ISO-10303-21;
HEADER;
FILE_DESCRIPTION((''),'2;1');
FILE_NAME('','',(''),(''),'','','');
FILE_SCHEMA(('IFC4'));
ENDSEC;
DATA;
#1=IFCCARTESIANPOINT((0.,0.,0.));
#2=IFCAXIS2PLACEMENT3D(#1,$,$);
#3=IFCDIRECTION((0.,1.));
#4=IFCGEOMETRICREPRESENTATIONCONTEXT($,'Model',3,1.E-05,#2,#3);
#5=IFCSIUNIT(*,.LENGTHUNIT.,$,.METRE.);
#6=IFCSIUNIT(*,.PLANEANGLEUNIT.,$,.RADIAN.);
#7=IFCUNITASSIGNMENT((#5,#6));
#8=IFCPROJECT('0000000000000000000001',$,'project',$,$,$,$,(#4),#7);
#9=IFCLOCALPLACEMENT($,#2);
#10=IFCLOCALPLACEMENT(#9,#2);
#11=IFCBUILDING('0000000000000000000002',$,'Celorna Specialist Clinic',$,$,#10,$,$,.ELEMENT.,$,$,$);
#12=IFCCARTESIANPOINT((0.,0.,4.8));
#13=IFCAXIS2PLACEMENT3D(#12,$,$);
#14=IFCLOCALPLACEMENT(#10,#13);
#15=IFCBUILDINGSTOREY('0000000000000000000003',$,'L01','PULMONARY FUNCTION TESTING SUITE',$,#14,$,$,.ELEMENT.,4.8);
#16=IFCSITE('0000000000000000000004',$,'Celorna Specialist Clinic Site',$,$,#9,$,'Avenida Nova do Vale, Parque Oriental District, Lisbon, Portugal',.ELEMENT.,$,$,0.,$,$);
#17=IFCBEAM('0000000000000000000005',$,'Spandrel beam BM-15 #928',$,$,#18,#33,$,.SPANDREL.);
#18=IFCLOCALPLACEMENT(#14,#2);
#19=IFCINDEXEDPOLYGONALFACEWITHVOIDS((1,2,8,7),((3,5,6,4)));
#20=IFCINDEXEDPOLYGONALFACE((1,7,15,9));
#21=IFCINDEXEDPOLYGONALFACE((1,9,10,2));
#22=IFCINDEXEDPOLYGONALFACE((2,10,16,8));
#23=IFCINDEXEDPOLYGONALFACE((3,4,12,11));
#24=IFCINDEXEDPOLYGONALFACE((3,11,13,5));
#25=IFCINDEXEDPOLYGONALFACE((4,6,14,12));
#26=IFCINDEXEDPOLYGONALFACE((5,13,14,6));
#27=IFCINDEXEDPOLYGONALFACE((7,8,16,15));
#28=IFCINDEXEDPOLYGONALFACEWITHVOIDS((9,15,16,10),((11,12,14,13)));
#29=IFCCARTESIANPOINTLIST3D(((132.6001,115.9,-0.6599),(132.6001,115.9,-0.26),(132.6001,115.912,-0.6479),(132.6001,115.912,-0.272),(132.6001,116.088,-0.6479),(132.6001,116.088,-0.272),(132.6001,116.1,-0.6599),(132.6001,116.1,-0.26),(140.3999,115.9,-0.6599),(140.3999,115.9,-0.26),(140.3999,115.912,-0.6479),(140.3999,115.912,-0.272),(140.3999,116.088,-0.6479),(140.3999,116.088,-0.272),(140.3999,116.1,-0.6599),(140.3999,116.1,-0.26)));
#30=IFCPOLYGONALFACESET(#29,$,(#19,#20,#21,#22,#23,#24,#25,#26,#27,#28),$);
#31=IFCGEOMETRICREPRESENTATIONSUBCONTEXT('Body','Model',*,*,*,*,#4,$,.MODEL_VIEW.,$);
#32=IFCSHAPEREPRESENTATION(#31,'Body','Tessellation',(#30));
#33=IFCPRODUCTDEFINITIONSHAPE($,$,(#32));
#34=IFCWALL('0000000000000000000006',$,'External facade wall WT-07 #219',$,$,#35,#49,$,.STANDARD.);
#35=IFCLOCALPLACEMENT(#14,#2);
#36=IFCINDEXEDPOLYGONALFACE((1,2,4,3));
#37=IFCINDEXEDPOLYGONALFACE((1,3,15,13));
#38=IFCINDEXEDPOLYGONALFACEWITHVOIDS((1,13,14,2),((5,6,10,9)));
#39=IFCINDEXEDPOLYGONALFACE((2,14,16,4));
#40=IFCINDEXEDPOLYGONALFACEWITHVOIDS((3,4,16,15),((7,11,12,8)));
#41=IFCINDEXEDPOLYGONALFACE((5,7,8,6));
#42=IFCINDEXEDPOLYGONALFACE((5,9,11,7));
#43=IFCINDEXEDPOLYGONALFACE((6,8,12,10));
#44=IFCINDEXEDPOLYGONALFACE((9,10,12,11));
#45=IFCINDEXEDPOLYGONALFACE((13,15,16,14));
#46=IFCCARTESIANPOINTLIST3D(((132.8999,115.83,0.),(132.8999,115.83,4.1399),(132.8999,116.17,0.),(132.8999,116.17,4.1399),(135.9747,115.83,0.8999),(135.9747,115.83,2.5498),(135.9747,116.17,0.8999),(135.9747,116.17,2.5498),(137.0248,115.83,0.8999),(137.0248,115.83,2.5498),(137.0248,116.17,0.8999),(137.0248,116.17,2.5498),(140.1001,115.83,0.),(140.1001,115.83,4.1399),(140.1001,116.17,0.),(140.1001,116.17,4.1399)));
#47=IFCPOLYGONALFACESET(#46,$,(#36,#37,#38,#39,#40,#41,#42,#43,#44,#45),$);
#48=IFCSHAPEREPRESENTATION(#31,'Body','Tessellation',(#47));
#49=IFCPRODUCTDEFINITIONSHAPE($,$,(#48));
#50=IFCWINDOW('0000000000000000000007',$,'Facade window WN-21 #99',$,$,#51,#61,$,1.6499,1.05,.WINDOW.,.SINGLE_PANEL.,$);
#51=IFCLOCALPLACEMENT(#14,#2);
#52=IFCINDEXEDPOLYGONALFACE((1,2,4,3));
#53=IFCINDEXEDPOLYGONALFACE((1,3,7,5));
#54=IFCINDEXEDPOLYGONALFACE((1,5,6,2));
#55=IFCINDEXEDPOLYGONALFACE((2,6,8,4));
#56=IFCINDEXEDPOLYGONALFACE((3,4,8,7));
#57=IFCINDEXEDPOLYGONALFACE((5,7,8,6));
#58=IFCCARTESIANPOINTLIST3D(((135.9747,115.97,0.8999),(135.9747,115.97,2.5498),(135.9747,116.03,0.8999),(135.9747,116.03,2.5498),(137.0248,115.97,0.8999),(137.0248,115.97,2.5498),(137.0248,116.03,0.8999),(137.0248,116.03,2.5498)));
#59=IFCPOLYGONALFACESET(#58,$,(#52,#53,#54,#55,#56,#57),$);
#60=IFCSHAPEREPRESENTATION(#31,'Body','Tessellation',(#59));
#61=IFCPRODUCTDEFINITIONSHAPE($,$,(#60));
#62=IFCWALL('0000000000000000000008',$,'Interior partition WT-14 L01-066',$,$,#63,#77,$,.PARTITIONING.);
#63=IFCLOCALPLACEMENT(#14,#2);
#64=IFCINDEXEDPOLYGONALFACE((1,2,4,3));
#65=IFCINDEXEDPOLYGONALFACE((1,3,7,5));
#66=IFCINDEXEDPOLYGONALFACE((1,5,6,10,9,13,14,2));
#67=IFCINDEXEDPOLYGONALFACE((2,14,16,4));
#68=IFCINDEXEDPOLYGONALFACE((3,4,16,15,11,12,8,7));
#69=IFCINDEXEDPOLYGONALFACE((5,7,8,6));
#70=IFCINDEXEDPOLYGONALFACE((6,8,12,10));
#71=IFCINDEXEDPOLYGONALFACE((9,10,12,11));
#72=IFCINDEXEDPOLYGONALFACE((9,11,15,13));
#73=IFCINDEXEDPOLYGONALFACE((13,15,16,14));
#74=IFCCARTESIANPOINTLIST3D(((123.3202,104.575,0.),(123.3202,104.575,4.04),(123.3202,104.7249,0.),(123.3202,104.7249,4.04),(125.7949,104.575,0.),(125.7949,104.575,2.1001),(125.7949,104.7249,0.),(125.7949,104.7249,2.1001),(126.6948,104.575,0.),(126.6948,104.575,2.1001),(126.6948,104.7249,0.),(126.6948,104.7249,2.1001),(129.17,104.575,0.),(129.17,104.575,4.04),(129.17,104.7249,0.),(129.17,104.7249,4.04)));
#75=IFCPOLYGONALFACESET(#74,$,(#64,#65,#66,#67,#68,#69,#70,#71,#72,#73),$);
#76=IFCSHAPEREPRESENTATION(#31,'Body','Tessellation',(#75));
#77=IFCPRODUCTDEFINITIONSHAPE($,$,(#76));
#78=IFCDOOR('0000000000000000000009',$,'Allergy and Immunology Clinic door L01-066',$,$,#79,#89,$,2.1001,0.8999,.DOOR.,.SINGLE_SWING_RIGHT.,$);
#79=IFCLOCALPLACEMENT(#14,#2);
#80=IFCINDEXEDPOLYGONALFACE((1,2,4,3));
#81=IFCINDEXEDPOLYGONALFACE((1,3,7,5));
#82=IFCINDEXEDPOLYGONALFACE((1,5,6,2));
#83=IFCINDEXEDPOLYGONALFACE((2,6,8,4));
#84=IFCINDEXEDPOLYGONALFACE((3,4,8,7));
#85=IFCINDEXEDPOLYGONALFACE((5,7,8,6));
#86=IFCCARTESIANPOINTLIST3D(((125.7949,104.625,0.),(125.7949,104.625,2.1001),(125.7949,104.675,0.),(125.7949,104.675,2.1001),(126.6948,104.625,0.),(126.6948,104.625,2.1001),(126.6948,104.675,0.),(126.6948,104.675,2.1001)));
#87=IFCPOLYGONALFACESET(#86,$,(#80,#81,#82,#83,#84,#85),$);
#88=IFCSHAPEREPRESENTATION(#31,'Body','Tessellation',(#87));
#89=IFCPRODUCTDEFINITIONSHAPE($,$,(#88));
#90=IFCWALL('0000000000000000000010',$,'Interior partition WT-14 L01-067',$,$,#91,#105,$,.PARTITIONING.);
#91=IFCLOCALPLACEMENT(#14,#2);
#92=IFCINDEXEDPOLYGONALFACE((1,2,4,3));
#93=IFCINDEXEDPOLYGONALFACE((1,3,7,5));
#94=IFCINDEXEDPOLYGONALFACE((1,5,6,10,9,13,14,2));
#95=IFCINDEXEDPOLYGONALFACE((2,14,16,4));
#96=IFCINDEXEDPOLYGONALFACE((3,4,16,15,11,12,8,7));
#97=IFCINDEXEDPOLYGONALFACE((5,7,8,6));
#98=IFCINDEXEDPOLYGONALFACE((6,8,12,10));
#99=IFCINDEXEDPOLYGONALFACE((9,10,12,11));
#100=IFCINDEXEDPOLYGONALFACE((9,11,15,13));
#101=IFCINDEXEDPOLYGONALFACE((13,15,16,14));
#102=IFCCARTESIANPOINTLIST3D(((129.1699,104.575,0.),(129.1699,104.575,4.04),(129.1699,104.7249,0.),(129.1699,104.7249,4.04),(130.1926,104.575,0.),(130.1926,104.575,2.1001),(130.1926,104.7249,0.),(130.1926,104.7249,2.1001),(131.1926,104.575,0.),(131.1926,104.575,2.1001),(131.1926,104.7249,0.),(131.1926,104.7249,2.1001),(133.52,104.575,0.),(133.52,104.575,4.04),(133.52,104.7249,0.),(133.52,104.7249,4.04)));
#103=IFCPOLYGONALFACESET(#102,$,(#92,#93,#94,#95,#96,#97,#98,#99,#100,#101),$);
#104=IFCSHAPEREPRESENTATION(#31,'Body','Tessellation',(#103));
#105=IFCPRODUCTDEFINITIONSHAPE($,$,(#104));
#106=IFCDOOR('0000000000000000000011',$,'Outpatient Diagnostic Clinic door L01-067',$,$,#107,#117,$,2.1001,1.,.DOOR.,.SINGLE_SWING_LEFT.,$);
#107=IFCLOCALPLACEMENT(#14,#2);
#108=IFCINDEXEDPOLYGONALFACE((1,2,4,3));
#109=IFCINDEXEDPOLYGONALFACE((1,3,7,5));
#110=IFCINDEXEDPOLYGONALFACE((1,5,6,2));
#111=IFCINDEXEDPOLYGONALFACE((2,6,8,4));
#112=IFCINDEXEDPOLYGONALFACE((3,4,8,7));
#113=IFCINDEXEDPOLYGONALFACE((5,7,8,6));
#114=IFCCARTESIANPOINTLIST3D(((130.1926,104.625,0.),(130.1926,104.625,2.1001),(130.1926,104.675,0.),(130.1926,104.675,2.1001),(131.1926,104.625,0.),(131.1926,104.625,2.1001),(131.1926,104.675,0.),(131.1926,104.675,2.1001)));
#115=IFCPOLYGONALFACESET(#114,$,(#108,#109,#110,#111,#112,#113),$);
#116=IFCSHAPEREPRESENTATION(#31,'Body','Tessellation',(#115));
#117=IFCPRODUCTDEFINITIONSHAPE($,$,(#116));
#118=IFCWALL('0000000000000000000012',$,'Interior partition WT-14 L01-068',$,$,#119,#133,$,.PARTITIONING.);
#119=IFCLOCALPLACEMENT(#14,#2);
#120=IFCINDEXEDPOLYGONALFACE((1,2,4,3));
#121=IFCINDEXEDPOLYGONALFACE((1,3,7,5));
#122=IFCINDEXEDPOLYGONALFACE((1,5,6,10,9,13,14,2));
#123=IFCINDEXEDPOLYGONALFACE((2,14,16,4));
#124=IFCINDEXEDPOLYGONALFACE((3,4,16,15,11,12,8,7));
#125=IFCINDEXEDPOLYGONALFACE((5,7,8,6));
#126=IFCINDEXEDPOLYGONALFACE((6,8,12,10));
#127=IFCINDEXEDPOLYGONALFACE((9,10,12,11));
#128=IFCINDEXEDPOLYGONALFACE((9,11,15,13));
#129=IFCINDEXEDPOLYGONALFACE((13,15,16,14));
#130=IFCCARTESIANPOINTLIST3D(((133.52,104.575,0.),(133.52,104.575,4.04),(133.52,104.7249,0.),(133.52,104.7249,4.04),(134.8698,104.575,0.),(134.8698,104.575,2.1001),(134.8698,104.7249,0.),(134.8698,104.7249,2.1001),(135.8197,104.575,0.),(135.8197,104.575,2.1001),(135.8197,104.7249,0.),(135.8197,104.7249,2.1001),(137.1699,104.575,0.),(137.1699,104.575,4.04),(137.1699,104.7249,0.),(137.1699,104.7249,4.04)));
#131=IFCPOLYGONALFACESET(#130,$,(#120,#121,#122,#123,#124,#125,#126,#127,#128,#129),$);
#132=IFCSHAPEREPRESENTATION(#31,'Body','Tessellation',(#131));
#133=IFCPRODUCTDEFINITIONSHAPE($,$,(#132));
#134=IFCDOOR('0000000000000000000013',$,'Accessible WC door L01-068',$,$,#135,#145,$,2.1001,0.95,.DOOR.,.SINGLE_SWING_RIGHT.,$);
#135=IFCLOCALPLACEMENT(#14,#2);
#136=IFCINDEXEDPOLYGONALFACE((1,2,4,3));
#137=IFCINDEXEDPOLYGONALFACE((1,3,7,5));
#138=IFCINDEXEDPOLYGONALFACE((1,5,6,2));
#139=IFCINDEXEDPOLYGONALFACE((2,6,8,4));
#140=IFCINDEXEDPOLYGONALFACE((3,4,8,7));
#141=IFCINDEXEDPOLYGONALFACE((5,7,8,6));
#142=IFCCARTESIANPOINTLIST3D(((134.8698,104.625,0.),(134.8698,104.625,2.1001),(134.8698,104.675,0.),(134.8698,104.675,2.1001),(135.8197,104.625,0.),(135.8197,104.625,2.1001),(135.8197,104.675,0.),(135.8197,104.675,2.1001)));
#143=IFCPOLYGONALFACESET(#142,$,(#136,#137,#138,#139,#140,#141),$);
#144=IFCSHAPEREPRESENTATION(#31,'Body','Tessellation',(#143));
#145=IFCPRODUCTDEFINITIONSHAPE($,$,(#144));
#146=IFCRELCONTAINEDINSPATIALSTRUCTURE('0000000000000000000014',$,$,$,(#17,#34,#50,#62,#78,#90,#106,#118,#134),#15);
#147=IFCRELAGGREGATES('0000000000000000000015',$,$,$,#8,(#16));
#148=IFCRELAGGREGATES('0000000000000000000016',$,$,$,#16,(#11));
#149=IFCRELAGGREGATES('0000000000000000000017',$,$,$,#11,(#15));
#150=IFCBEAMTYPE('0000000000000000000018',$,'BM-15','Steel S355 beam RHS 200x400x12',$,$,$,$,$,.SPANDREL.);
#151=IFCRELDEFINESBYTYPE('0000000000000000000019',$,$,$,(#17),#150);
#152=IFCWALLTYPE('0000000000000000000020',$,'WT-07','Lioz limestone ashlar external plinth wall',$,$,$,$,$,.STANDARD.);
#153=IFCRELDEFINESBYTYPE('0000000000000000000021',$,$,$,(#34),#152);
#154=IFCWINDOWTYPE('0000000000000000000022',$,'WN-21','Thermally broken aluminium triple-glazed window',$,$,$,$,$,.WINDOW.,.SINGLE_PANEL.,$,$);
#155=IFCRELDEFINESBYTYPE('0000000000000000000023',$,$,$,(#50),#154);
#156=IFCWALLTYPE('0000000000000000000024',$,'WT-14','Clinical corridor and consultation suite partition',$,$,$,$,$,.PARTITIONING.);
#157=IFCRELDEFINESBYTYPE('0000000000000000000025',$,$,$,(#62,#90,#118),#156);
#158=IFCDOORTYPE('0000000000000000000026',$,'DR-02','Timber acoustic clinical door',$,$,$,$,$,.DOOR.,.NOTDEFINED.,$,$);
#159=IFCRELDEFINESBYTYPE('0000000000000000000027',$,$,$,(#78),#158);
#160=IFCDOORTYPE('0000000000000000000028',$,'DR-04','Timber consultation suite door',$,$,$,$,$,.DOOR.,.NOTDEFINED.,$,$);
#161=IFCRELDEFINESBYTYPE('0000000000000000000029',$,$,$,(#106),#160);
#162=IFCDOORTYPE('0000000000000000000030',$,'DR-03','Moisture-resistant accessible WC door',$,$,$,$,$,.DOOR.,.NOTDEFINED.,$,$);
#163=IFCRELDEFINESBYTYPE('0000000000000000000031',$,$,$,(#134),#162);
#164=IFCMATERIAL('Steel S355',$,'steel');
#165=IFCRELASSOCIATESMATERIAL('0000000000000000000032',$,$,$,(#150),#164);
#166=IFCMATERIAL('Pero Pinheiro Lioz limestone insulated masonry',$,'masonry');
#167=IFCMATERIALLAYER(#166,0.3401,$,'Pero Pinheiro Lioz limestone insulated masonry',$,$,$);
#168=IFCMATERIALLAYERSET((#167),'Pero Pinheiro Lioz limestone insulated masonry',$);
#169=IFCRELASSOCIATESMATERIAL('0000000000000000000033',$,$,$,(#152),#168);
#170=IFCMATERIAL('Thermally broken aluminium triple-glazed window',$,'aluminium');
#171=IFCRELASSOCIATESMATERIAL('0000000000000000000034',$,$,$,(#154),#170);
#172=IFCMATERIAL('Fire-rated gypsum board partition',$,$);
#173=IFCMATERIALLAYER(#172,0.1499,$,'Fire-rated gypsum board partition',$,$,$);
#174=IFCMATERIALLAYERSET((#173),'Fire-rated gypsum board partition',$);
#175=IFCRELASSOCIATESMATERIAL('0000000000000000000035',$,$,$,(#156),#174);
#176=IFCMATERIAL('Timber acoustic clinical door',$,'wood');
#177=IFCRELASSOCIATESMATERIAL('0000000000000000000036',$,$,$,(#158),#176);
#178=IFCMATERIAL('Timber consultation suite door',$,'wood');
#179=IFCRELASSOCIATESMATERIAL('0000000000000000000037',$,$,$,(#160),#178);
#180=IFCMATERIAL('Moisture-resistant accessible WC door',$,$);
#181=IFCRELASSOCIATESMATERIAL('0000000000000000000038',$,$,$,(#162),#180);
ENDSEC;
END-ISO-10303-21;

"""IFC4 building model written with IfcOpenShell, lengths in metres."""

from ifc_helpers import new_model, si_unit, direction, frame, frame_2d, origin, origin_2d, place, context, subcontext, project, spatial, rectangle, hollow_rectangle, extrude, material, layer, layer_set, material_profile, profile_set, type_object, element, fill, save


model = new_model("IFC4")

# Units and contexts
model_context = context("Model", 3, precision=1e-05, world=origin(), true_north=direction((0.0, 1.0)))
body_context = subcontext(model_context, "Body", "Model", "MODEL_VIEW")
ifc_project = project(units=[si_unit("LENGTHUNIT", "METRE"), si_unit("PLANEANGLEUNIT", "RADIAN")], contexts=[model_context])

# Site, building, storey
site_placement = place(None, origin())
site = spatial("IfcSite", under=ifc_project, at=site_placement, Name="Celorna Specialist Clinic Site", LongName="Avenida Nova do Vale, Parque Oriental District, Lisbon, Portugal", CompositionType="ELEMENT", RefElevation=0.0)
building_placement = place(site_placement, origin())
building = spatial("IfcBuilding", under=site, at=building_placement, Name="Celorna Specialist Clinic", CompositionType="ELEMENT")
storey_placement = place(building_placement, frame((0.0, 0.0, 4.8)))
storey = spatial("IfcBuildingStorey", under=building, at=storey_placement, Name="L01", Description="PULMONARY FUNCTION TESTING SUITE", CompositionType="ELEMENT", Elevation=4.8)

# Beam
ifc_material_1 = material(Name="Steel S355", Category="steel")
ifc_material_profile_1 = material_profile(ifc_material_1, hollow_rectangle(XDim=0.2, YDim=0.3999, WallThickness=0.012, at=origin_2d()), Name="RHS 200x400x12")
ifc_profile_set_1 = profile_set([ifc_material_profile_1], Name="Steel S355")
beam_type_1 = type_object("IfcBeamType", Name="BM-15", Description="Steel S355 beam RHS 200x400x12", PredefinedType="SPANDREL", material=ifc_profile_set_1)
beam_1_placement = place(storey_placement, frame((132.6001, 116.0, -0.46), z_axis=(1.0, 0.0, 0.0), x_axis=(0.0, 1.0, 0.0)))
element("IfcBeam", 1, at=beam_1_placement, inside=storey, type_object=beam_type_1, Name="Spandrel beam BM-15 #928", PredefinedType="SPANDREL", context=body_context, shape_type="SweptSolid", body=[
    extrude(hollow_rectangle(XDim=0.2, YDim=0.3999, WallThickness=0.012, at=origin_2d()), origin(), (0.0, 0.0, 1.0), 7.7998),
])

# Wall, opening, window
ifc_material_2 = material(Name="Pero Pinheiro Lioz limestone insulated masonry", Category="masonry")
ifc_layer_1 = layer(ifc_material_2, 0.3401, Name="Pero Pinheiro Lioz limestone insulated masonry")
ifc_layer_set_1 = layer_set([ifc_layer_1], Name="Pero Pinheiro Lioz limestone insulated masonry")
wall_type_1 = type_object("IfcWallType", Name="WT-07", Description="Lioz limestone ashlar external plinth wall", PredefinedType="STANDARD", material=ifc_layer_set_1)
wall_1_placement = place(storey_placement, frame((132.8999, 116.0, 0.0), z_axis=(0.0, 0.0, 1.0), x_axis=(1.0, 0.0, 0.0)))
wall_1 = element("IfcWall", 2, at=wall_1_placement, inside=storey, type_object=wall_type_1, Name="External facade wall WT-07 #219", PredefinedType="STANDARD", context=body_context, shape_type="SweptSolid", body=[
    extrude(rectangle(XDim=7.2002, YDim=0.3401, at=frame_2d((3.6001, 0.0))), origin(), (0.0, 0.0, 1.0), 4.1399),
])
opening_1_placement = place(wall_1_placement, frame((3.075, 0.0, 0.8999)))
opening_1 = element("IfcOpeningElement", 3, at=opening_1_placement, cuts=wall_1, PredefinedType="OPENING", context=body_context, shape_type="SweptSolid", body=[
    extrude(rectangle(XDim=1.05, YDim=1.6499, at=frame_2d((0.5249, 0.825))), frame((0.0, 0.1799, 0.0), z_axis=(0.0, -1.0, 0.0), x_axis=(1.0, 0.0, 0.0)), (0.0, 0.0, 1.0), 0.3601),
])
ifc_material_3 = material(Name="Thermally broken aluminium triple-glazed window", Category="aluminium")
window_type = type_object("IfcWindowType", Name="WN-21", Description="Thermally broken aluminium triple-glazed window", PartitioningType="SINGLE_PANEL", PredefinedType="WINDOW", material=ifc_material_3)
window_placement = place(opening_1_placement, origin())
window = element("IfcWindow", 4, at=window_placement, inside=storey, type_object=window_type, Name="Facade window WN-21 #99", OverallHeight=1.6499, OverallWidth=1.05, PartitioningType="SINGLE_PANEL", PredefinedType="WINDOW", context=body_context, shape_type="SweptSolid", body=[
    extrude(rectangle(XDim=1.05, YDim=1.6499, at=frame_2d((0.5249, 0.825))), frame((0.0, 0.03, 0.0), z_axis=(0.0, -1.0, 0.0), x_axis=(1.0, 0.0, 0.0)), (0.0, 0.0, 1.0), 0.0601),
])
fill(opening_1, window)

# Walls, openings, doors
ifc_material_4 = material(Name="Fire-rated gypsum board partition")
ifc_layer_2 = layer(ifc_material_4, 0.1499, Name="Fire-rated gypsum board partition")
ifc_layer_set_2 = layer_set([ifc_layer_2], Name="Fire-rated gypsum board partition")
wall_type_2 = type_object("IfcWallType", Name="WT-14", Description="Clinical corridor and consultation suite partition", PredefinedType="PARTITIONING", material=ifc_layer_set_2)
wall_2_placement = place(storey_placement, frame((129.1699, 104.6499, 0.0), z_axis=(0.0, 0.0, 1.0), x_axis=(-1.0, 0.0, 0.0)))
wall_2 = element("IfcWall", 5, at=wall_2_placement, inside=storey, type_object=wall_type_2, Name="Interior partition WT-14 L01-066", PredefinedType="PARTITIONING", context=body_context, shape_type="SweptSolid", body=[
    extrude(rectangle(XDim=5.8499, YDim=0.1499, at=frame_2d((2.9248, 0.0))), origin(), (0.0, 0.0, 1.0), 4.04),
])
opening_2_placement = place(wall_2_placement, frame((2.4751, 0.0, 0.0)))
opening_2 = element("IfcOpeningElement", 6, at=opening_2_placement, cuts=wall_2, PredefinedType="OPENING", context=body_context, shape_type="SweptSolid", body=[
    extrude(rectangle(XDim=0.8999, YDim=2.1001, at=frame_2d((0.45, 1.05))), frame((0.0, 0.085, 0.0), z_axis=(0.0, -1.0, 0.0), x_axis=(1.0, 0.0, 0.0)), (0.0, 0.0, 1.0), 0.1699),
])
ifc_material_5 = material(Name="Timber acoustic clinical door", Category="wood")
door_type_1 = type_object("IfcDoorType", Name="DR-02", Description="Timber acoustic clinical door", OperationType="NOTDEFINED", PredefinedType="DOOR", material=ifc_material_5)
door_1_placement = place(opening_2_placement, origin())
door_1 = element("IfcDoor", 7, at=door_1_placement, inside=storey, type_object=door_type_1, Name="Allergy and Immunology Clinic door L01-066", OperationType="SINGLE_SWING_RIGHT", OverallHeight=2.1001, OverallWidth=0.8999, PredefinedType="DOOR", context=body_context, shape_type="SweptSolid", body=[
    extrude(rectangle(XDim=0.8999, YDim=2.1001, at=frame_2d((0.45, 1.05))), frame((0.0, 0.0249, 0.0), z_axis=(0.0, -1.0, 0.0), x_axis=(1.0, 0.0, 0.0)), (0.0, 0.0, 1.0), 0.05),
])
fill(opening_2, door_1)
wall_3_placement = place(storey_placement, frame((133.52, 104.6499, 0.0), z_axis=(0.0, 0.0, 1.0), x_axis=(-1.0, 0.0, 0.0)))
wall_3 = element("IfcWall", 8, at=wall_3_placement, inside=storey, type_object=wall_type_2, Name="Interior partition WT-14 L01-067", PredefinedType="PARTITIONING", context=body_context, shape_type="SweptSolid", body=[
    extrude(rectangle(XDim=4.3501, YDim=0.1499, at=frame_2d((2.175, 0.0))), origin(), (0.0, 0.0, 1.0), 4.04),
])
opening_3_placement = place(wall_3_placement, frame((2.3274, 0.0, 0.0)))
opening_3 = element("IfcOpeningElement", 9, at=opening_3_placement, cuts=wall_3, PredefinedType="OPENING", context=body_context, shape_type="SweptSolid", body=[
    extrude(rectangle(XDim=1.0, YDim=2.1001, at=frame_2d((0.5, 1.05))), frame((0.0, 0.085, 0.0), z_axis=(0.0, -1.0, 0.0), x_axis=(1.0, 0.0, 0.0)), (0.0, 0.0, 1.0), 0.1699),
])
ifc_material_6 = material(Name="Timber consultation suite door", Category="wood")
door_type_2 = type_object("IfcDoorType", Name="DR-04", Description="Timber consultation suite door", OperationType="NOTDEFINED", PredefinedType="DOOR", material=ifc_material_6)
door_2_placement = place(opening_3_placement, origin())
door_2 = element("IfcDoor", 10, at=door_2_placement, inside=storey, type_object=door_type_2, Name="Outpatient Diagnostic Clinic door L01-067", OperationType="SINGLE_SWING_LEFT", OverallHeight=2.1001, OverallWidth=1.0, PredefinedType="DOOR", context=body_context, shape_type="SweptSolid", body=[
    extrude(rectangle(XDim=1.0, YDim=2.1001, at=frame_2d((0.5, 1.05))), frame((0.0, 0.0249, 0.0), z_axis=(0.0, -1.0, 0.0), x_axis=(1.0, 0.0, 0.0)), (0.0, 0.0, 1.0), 0.05),
])
fill(opening_3, door_2)
wall_4_placement = place(storey_placement, frame((137.1699, 104.6499, 0.0), z_axis=(0.0, 0.0, 1.0), x_axis=(-1.0, 0.0, 0.0)))
wall_4 = element("IfcWall", 11, at=wall_4_placement, inside=storey, type_object=wall_type_2, Name="Interior partition WT-14 L01-068", PredefinedType="PARTITIONING", context=body_context, shape_type="SweptSolid", body=[
    extrude(rectangle(XDim=3.6499, YDim=0.1499, at=frame_2d((1.825, 0.0))), origin(), (0.0, 0.0, 1.0), 4.04),
])
opening_4_placement = place(wall_4_placement, frame((1.3501, 0.0, 0.0)))
opening_4 = element("IfcOpeningElement", 12, at=opening_4_placement, cuts=wall_4, PredefinedType="OPENING", context=body_context, shape_type="SweptSolid", body=[
    extrude(rectangle(XDim=0.95, YDim=2.1001, at=frame_2d((0.4751, 1.05))), frame((0.0, 0.085, 0.0), z_axis=(0.0, -1.0, 0.0), x_axis=(1.0, 0.0, 0.0)), (0.0, 0.0, 1.0), 0.1699),
])
ifc_material_7 = material(Name="Moisture-resistant accessible WC door")
door_type_3 = type_object("IfcDoorType", Name="DR-03", Description="Moisture-resistant accessible WC door", OperationType="NOTDEFINED", PredefinedType="DOOR", material=ifc_material_7)
door_3_placement = place(opening_4_placement, origin())
door_3 = element("IfcDoor", 13, at=door_3_placement, inside=storey, type_object=door_type_3, Name="Accessible WC door L01-068", OperationType="SINGLE_SWING_RIGHT", OverallHeight=2.1001, OverallWidth=0.95, PredefinedType="DOOR", context=body_context, shape_type="SweptSolid", body=[
    extrude(rectangle(XDim=0.95, YDim=2.1001, at=frame_2d((0.4751, 1.05))), frame((0.0, 0.0249, 0.0), z_axis=(0.0, -1.0, 0.0), x_axis=(1.0, 0.0, 0.0)), (0.0, 0.0, 1.0), 0.05),
])
fill(opening_4, door_3)

save(model, "model.ifc")
